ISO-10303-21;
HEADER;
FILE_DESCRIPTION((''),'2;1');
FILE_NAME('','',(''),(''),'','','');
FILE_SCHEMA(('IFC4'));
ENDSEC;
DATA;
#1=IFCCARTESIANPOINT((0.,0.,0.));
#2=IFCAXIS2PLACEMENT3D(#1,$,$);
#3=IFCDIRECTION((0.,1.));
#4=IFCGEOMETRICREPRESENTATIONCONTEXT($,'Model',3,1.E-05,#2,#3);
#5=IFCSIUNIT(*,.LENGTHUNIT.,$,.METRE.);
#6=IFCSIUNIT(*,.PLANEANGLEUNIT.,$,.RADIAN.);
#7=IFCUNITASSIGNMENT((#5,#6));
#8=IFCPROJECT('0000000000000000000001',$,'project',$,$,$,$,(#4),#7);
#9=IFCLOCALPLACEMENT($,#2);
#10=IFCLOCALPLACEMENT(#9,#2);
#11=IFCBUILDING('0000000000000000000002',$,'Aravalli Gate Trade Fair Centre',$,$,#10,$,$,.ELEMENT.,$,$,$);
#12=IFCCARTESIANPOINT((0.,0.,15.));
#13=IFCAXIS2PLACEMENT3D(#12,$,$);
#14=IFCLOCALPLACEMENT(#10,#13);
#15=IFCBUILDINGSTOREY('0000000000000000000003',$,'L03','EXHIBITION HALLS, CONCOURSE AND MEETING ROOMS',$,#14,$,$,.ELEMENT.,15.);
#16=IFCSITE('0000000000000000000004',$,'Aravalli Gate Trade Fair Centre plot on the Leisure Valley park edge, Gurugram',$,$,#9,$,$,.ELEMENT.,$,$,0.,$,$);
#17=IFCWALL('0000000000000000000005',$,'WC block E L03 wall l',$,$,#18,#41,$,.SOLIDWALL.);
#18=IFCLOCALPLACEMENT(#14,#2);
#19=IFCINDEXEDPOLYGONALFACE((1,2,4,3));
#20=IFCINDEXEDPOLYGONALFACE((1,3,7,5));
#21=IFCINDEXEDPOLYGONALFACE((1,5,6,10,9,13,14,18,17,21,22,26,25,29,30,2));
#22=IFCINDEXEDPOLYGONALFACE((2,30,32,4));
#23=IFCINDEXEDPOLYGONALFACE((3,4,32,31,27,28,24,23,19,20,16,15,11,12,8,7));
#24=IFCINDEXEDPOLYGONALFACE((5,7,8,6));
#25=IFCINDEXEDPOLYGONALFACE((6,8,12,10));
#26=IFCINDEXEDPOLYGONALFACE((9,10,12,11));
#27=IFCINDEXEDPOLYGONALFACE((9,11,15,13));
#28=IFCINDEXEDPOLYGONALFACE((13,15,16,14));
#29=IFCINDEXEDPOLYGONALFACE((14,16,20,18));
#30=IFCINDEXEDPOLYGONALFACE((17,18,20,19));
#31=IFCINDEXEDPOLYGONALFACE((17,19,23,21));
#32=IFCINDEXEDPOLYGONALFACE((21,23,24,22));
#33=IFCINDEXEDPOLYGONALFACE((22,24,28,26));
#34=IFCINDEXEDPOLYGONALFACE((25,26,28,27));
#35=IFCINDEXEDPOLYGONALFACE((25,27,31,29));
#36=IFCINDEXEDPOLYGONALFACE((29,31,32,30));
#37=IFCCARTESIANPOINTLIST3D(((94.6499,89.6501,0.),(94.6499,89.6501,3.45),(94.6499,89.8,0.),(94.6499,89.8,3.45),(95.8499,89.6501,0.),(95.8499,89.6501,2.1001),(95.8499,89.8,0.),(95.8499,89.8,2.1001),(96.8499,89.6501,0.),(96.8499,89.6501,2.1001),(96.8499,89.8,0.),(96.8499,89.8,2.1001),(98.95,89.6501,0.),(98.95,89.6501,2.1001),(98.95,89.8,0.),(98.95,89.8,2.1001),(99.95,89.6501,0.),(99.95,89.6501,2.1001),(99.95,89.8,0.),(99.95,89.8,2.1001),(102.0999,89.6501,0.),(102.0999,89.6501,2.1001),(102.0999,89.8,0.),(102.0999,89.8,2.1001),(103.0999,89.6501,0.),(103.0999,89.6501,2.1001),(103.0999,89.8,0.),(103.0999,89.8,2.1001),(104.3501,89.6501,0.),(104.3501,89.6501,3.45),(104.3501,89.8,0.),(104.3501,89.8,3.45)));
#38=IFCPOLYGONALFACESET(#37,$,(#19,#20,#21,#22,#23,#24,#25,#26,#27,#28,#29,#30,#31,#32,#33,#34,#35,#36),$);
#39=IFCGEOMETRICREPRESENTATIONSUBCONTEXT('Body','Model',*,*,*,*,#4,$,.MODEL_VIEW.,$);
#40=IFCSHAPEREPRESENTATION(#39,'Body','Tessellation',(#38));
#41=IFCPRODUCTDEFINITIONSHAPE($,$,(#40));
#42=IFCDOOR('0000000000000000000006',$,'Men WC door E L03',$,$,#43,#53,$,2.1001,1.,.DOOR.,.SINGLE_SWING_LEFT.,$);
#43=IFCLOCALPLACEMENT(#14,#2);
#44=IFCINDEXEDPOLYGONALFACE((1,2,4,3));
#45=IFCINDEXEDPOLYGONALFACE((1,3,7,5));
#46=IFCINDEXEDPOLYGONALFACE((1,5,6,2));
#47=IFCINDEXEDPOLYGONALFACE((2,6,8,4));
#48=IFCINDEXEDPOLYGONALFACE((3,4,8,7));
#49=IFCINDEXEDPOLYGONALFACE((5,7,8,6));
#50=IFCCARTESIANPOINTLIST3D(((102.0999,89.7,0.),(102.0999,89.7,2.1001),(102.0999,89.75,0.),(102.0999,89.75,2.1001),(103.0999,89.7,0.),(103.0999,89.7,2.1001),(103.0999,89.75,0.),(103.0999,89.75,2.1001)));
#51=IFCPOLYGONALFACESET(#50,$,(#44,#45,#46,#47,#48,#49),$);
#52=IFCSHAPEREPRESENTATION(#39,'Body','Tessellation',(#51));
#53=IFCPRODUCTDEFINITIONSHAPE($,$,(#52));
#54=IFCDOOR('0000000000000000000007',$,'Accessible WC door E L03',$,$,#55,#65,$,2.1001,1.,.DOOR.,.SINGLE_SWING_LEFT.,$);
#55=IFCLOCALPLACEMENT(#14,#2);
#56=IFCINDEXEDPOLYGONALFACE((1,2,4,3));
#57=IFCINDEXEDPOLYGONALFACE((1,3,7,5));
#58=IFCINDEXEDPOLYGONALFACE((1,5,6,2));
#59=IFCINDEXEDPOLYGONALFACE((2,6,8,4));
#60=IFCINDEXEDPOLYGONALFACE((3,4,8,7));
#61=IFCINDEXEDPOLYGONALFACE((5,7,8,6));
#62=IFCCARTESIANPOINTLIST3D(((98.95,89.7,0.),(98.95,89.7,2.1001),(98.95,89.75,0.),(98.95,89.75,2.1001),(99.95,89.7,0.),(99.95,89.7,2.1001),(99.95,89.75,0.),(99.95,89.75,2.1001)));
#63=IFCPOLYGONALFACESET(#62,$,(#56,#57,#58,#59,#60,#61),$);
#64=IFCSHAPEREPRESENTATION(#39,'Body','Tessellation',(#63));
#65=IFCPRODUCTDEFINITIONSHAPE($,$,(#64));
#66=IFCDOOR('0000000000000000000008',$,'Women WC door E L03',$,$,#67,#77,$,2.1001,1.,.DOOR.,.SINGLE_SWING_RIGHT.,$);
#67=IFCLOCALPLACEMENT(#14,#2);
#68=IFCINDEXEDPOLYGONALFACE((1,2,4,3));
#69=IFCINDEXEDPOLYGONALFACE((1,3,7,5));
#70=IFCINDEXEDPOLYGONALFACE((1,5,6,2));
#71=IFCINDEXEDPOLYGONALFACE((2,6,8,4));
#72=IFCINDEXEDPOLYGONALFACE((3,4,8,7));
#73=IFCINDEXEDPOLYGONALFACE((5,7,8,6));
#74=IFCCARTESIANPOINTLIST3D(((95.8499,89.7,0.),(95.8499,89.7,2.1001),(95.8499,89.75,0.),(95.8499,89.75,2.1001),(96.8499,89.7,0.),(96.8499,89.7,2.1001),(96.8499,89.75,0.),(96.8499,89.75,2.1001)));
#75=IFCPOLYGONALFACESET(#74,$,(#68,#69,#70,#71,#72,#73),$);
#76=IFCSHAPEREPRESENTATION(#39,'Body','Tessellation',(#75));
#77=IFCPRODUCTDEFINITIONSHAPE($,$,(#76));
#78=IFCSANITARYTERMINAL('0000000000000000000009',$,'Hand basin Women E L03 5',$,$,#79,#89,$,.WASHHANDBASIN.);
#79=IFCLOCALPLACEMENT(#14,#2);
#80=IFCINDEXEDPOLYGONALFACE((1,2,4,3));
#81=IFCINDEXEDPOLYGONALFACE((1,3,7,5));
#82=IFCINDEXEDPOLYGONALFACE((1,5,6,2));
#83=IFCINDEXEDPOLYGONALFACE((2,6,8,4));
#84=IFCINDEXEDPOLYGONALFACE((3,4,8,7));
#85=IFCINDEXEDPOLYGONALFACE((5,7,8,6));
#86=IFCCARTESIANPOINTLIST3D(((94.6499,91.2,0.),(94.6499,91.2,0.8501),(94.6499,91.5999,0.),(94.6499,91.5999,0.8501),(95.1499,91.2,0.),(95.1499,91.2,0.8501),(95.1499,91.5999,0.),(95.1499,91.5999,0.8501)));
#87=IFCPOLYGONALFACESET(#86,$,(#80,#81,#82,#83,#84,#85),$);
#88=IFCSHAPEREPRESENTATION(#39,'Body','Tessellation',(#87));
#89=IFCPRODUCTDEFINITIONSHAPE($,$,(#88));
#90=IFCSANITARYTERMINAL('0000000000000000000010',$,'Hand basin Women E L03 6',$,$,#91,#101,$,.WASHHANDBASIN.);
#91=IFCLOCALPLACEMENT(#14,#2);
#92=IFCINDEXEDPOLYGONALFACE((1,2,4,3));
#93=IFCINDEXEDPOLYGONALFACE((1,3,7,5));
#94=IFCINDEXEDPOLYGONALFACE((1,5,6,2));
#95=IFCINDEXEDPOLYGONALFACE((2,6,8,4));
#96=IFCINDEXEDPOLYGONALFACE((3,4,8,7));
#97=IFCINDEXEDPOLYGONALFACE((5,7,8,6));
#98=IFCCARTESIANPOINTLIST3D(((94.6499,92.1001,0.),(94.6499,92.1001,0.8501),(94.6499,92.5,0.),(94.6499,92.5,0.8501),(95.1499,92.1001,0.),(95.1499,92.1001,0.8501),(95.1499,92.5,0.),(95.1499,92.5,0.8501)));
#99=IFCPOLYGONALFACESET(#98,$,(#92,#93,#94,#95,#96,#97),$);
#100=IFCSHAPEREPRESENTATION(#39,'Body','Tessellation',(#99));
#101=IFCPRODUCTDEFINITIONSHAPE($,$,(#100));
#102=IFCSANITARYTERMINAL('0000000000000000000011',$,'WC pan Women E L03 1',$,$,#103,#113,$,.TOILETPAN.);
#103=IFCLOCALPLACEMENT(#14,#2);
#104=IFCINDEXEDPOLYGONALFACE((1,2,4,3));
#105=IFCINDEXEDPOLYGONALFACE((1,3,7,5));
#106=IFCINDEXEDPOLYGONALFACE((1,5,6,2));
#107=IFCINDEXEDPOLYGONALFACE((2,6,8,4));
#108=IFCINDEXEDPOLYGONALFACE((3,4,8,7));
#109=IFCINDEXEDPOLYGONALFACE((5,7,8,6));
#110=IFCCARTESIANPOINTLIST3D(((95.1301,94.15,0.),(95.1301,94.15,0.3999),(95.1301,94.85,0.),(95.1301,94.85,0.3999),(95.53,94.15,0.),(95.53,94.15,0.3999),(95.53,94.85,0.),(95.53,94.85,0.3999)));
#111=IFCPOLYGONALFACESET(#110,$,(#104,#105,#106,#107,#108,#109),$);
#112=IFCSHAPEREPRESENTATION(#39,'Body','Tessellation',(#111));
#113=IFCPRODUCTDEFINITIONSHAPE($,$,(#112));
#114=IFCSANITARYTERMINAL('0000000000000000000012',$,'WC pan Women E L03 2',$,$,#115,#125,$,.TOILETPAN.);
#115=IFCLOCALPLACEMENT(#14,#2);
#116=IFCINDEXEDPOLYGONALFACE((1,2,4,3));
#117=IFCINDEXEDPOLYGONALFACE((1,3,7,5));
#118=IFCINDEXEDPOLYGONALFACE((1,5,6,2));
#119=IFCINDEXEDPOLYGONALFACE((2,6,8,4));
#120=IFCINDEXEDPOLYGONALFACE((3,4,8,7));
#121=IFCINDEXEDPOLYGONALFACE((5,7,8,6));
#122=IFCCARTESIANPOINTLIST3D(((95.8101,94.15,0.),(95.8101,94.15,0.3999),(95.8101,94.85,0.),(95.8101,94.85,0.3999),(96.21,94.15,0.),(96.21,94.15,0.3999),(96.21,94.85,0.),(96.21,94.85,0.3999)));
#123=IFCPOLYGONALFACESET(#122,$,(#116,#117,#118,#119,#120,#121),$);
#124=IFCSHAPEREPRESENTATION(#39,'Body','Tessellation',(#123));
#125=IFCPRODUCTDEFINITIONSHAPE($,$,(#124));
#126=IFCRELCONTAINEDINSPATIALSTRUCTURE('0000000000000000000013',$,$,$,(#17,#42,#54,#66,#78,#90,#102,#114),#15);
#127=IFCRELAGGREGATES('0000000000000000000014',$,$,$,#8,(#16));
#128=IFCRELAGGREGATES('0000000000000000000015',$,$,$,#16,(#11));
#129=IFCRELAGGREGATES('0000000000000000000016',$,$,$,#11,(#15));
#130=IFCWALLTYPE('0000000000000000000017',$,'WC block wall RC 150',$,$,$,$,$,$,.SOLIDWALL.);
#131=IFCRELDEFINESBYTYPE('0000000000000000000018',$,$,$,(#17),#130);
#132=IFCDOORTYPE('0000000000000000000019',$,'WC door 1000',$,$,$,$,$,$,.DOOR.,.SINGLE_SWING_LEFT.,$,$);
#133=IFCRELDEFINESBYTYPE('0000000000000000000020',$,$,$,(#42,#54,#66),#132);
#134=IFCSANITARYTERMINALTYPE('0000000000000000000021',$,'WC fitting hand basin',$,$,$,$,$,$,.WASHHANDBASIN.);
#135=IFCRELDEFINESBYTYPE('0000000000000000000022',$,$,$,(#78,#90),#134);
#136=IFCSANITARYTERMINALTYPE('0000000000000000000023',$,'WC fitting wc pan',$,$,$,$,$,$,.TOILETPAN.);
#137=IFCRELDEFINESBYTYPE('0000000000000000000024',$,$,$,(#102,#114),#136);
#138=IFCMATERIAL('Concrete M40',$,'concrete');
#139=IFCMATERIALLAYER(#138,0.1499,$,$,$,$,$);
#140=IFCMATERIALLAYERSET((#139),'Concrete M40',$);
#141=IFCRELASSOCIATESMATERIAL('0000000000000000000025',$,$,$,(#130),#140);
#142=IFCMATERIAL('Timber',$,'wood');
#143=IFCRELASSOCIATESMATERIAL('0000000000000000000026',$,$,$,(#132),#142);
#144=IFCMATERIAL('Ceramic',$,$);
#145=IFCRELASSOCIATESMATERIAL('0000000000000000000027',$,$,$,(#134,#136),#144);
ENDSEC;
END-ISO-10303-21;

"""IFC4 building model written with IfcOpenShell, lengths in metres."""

from ifc_helpers import new_model, si_unit, direction, frame, frame_2d, origin, origin_2d, place, context, subcontext, project, spatial, rectangle, extrude, material, layer, layer_set, type_object, element, fill, save


model = new_model("IFC4")

# Units and contexts
model_context = context("Model", 3, precision=1e-05, world=origin(), true_north=direction((0.0, 1.0)))
body_context = subcontext(model_context, "Body", "Model", "MODEL_VIEW")
ifc_project = project(units=[si_unit("LENGTHUNIT", "METRE"), si_unit("PLANEANGLEUNIT", "RADIAN")], contexts=[model_context])

# Site, building, storey
site_placement = place(None, origin())
site = spatial("IfcSite", under=ifc_project, at=site_placement, Name="Aravalli Gate Trade Fair Centre plot on the Leisure Valley park edge, Gurugram", CompositionType="ELEMENT", RefElevation=0.0)
building_placement = place(site_placement, origin())
building = spatial("IfcBuilding", under=site, at=building_placement, Name="Aravalli Gate Trade Fair Centre", CompositionType="ELEMENT")
storey_placement = place(building_placement, frame((0.0, 0.0, 15.0)))
storey = spatial("IfcBuildingStorey", under=building, at=storey_placement, Name="L03", Description="EXHIBITION HALLS, CONCOURSE AND MEETING ROOMS", CompositionType="ELEMENT", Elevation=15.0)

# Shared definitions
ifc_material_1 = material(Name="Concrete M40", Category="concrete")

# Shared definitions
ifc_layer_1 = layer(ifc_material_1, 0.1499)
ifc_layer_set_1 = layer_set([ifc_layer_1], Name="Concrete M40")
wall_type_1 = type_object("IfcWallType", Name="WC block wall RC 150", PredefinedType="SOLIDWALL", material=ifc_layer_set_1)
ifc_material_2 = material(Name="Timber", Category="wood")

# Wall, openings, doors
wall_1_placement = place(storey_placement, frame((94.6499, 89.7251, 0.0), z_axis=(0.0, 0.0, 1.0), x_axis=(1.0, 0.0, 0.0)))
wall_1 = element("IfcWall", 1, at=wall_1_placement, inside=storey, type_object=wall_type_1, Name="WC block E L03 wall l", PredefinedType="SOLIDWALL", context=body_context, shape_type="SweptSolid", body=[
    extrude(rectangle(XDim=9.7002, YDim=0.1499, at=frame_2d((4.8501, 0.0))), origin(), (0.0, 0.0, 1.0), 3.45),
])
opening_1_placement = place(wall_1_placement, frame((7.45, 0.0, 0.0)))
opening_1 = element("IfcOpeningElement", 2, at=opening_1_placement, cuts=wall_1, PredefinedType="OPENING", context=body_context, shape_type="SweptSolid", body=[
    extrude(rectangle(XDim=1.0, YDim=2.1001, at=frame_2d((0.5, 1.05))), frame((0.0, 0.085, 0.0), z_axis=(0.0, -1.0, 0.0), x_axis=(1.0, 0.0, 0.0)), (0.0, 0.0, 1.0), 0.1699),
])
opening_2_placement = place(wall_1_placement, frame((4.3, 0.0, 0.0)))
opening_2 = element("IfcOpeningElement", 3, at=opening_2_placement, cuts=wall_1, PredefinedType="OPENING", context=body_context, shape_type="SweptSolid", body=[
    extrude(rectangle(XDim=1.0, YDim=2.1001, at=frame_2d((0.5, 1.05))), frame((0.0, 0.085, 0.0), z_axis=(0.0, -1.0, 0.0), x_axis=(1.0, 0.0, 0.0)), (0.0, 0.0, 1.0), 0.1699),
])
opening_3_placement = place(wall_1_placement, frame((1.2, 0.0, 0.0)))
opening_3 = element("IfcOpeningElement", 4, at=opening_3_placement, cuts=wall_1, PredefinedType="OPENING", context=body_context, shape_type="SweptSolid", body=[
    extrude(rectangle(XDim=1.0, YDim=2.1001, at=frame_2d((0.5, 1.05))), frame((0.0, 0.085, 0.0), z_axis=(0.0, -1.0, 0.0), x_axis=(1.0, 0.0, 0.0)), (0.0, 0.0, 1.0), 0.1699),
])
door_type_1 = type_object("IfcDoorType", Name="WC door 1000", OperationType="SINGLE_SWING_LEFT", PredefinedType="DOOR", material=ifc_material_2)
door_1_placement = place(opening_1_placement, origin())
door_1 = element("IfcDoor", 5, at=door_1_placement, inside=storey, type_object=door_type_1, Name="Men WC door E L03", OperationType="SINGLE_SWING_LEFT", OverallHeight=2.1001, OverallWidth=1.0, PredefinedType="DOOR", context=body_context, shape_type="SweptSolid", body=[
    extrude(rectangle(XDim=1.0, YDim=2.1001, at=frame_2d((0.5, 1.05))), frame((0.0, 0.0249, 0.0), z_axis=(0.0, -1.0, 0.0), x_axis=(1.0, 0.0, 0.0)), (0.0, 0.0, 1.0), 0.05),
])
fill(opening_1, door_1)
door_2_placement = place(opening_2_placement, origin())
door_2 = element("IfcDoor", 6, at=door_2_placement, inside=storey, type_object=door_type_1, Name="Accessible WC door E L03", OperationType="SINGLE_SWING_LEFT", OverallHeight=2.1001, OverallWidth=1.0, PredefinedType="DOOR", context=body_context, shape_type="SweptSolid", body=[
    extrude(rectangle(XDim=1.0, YDim=2.1001, at=frame_2d((0.5, 1.05))), frame((0.0, 0.0249, 0.0), z_axis=(0.0, -1.0, 0.0), x_axis=(1.0, 0.0, 0.0)), (0.0, 0.0, 1.0), 0.05),
])
fill(opening_2, door_2)
door_3_placement = place(opening_3_placement, origin())
door_3 = element("IfcDoor", 7, at=door_3_placement, inside=storey, type_object=door_type_1, Name="Women WC door E L03", OperationType="SINGLE_SWING_RIGHT", OverallHeight=2.1001, OverallWidth=1.0, PredefinedType="DOOR", context=body_context, shape_type="SweptSolid", body=[
    extrude(rectangle(XDim=1.0, YDim=2.1001, at=frame_2d((0.5, 1.05))), frame((0.0, 0.0249, 0.0), z_axis=(0.0, -1.0, 0.0), x_axis=(1.0, 0.0, 0.0)), (0.0, 0.0, 1.0), 0.05),
])
fill(opening_3, door_3)

# Sanitary terminals
ifc_material_3 = material(Name="Ceramic")
sanitary_terminal_type_1 = type_object("IfcSanitaryTerminalType", Name="WC fitting hand basin", PredefinedType="WASHHANDBASIN", material=ifc_material_3)
for number, where, z_axis, x_axis, name in (
    (8, (94.8999, 91.3999, 0.0), (0.0, 0.0, 1.0), (1.0, 0.0, 0.0), "Hand basin Women E L03 5"),
    (9, (94.8999, 92.3, 0.0), (0.0, 0.0, 1.0), (1.0, 0.0, 0.0), "Hand basin Women E L03 6"),
):
    element("IfcSanitaryTerminal", number, at=place(storey_placement, frame(where, z_axis=z_axis, x_axis=x_axis)), inside=storey, type_object=sanitary_terminal_type_1, Name=name, PredefinedType="WASHHANDBASIN", context=body_context, shape_type="SweptSolid", body=[
        extrude(rectangle(XDim=0.5, YDim=0.3999, at=origin_2d()), origin(), (0.0, 0.0, 1.0), 0.8501),
    ])
sanitary_terminal_type_2 = type_object("IfcSanitaryTerminalType", Name="WC fitting wc pan", PredefinedType="TOILETPAN", material=ifc_material_3)
for number, where, z_axis, x_axis, name in (
    (10, (95.3301, 94.5, 0.0), (0.0, 0.0, 1.0), (1.0, 0.0, 0.0), "WC pan Women E L03 1"),
    (11, (96.01, 94.5, 0.0), (0.0, 0.0, 1.0), (1.0, 0.0, 0.0), "WC pan Women E L03 2"),
):
    element("IfcSanitaryTerminal", number, at=place(storey_placement, frame(where, z_axis=z_axis, x_axis=x_axis)), inside=storey, type_object=sanitary_terminal_type_2, Name=name, PredefinedType="TOILETPAN", context=body_context, shape_type="SweptSolid", body=[
        extrude(rectangle(XDim=0.3999, YDim=0.7, at=origin_2d()), origin(), (0.0, 0.0, 1.0), 0.3999),
    ])

save(model, "model.ifc")
